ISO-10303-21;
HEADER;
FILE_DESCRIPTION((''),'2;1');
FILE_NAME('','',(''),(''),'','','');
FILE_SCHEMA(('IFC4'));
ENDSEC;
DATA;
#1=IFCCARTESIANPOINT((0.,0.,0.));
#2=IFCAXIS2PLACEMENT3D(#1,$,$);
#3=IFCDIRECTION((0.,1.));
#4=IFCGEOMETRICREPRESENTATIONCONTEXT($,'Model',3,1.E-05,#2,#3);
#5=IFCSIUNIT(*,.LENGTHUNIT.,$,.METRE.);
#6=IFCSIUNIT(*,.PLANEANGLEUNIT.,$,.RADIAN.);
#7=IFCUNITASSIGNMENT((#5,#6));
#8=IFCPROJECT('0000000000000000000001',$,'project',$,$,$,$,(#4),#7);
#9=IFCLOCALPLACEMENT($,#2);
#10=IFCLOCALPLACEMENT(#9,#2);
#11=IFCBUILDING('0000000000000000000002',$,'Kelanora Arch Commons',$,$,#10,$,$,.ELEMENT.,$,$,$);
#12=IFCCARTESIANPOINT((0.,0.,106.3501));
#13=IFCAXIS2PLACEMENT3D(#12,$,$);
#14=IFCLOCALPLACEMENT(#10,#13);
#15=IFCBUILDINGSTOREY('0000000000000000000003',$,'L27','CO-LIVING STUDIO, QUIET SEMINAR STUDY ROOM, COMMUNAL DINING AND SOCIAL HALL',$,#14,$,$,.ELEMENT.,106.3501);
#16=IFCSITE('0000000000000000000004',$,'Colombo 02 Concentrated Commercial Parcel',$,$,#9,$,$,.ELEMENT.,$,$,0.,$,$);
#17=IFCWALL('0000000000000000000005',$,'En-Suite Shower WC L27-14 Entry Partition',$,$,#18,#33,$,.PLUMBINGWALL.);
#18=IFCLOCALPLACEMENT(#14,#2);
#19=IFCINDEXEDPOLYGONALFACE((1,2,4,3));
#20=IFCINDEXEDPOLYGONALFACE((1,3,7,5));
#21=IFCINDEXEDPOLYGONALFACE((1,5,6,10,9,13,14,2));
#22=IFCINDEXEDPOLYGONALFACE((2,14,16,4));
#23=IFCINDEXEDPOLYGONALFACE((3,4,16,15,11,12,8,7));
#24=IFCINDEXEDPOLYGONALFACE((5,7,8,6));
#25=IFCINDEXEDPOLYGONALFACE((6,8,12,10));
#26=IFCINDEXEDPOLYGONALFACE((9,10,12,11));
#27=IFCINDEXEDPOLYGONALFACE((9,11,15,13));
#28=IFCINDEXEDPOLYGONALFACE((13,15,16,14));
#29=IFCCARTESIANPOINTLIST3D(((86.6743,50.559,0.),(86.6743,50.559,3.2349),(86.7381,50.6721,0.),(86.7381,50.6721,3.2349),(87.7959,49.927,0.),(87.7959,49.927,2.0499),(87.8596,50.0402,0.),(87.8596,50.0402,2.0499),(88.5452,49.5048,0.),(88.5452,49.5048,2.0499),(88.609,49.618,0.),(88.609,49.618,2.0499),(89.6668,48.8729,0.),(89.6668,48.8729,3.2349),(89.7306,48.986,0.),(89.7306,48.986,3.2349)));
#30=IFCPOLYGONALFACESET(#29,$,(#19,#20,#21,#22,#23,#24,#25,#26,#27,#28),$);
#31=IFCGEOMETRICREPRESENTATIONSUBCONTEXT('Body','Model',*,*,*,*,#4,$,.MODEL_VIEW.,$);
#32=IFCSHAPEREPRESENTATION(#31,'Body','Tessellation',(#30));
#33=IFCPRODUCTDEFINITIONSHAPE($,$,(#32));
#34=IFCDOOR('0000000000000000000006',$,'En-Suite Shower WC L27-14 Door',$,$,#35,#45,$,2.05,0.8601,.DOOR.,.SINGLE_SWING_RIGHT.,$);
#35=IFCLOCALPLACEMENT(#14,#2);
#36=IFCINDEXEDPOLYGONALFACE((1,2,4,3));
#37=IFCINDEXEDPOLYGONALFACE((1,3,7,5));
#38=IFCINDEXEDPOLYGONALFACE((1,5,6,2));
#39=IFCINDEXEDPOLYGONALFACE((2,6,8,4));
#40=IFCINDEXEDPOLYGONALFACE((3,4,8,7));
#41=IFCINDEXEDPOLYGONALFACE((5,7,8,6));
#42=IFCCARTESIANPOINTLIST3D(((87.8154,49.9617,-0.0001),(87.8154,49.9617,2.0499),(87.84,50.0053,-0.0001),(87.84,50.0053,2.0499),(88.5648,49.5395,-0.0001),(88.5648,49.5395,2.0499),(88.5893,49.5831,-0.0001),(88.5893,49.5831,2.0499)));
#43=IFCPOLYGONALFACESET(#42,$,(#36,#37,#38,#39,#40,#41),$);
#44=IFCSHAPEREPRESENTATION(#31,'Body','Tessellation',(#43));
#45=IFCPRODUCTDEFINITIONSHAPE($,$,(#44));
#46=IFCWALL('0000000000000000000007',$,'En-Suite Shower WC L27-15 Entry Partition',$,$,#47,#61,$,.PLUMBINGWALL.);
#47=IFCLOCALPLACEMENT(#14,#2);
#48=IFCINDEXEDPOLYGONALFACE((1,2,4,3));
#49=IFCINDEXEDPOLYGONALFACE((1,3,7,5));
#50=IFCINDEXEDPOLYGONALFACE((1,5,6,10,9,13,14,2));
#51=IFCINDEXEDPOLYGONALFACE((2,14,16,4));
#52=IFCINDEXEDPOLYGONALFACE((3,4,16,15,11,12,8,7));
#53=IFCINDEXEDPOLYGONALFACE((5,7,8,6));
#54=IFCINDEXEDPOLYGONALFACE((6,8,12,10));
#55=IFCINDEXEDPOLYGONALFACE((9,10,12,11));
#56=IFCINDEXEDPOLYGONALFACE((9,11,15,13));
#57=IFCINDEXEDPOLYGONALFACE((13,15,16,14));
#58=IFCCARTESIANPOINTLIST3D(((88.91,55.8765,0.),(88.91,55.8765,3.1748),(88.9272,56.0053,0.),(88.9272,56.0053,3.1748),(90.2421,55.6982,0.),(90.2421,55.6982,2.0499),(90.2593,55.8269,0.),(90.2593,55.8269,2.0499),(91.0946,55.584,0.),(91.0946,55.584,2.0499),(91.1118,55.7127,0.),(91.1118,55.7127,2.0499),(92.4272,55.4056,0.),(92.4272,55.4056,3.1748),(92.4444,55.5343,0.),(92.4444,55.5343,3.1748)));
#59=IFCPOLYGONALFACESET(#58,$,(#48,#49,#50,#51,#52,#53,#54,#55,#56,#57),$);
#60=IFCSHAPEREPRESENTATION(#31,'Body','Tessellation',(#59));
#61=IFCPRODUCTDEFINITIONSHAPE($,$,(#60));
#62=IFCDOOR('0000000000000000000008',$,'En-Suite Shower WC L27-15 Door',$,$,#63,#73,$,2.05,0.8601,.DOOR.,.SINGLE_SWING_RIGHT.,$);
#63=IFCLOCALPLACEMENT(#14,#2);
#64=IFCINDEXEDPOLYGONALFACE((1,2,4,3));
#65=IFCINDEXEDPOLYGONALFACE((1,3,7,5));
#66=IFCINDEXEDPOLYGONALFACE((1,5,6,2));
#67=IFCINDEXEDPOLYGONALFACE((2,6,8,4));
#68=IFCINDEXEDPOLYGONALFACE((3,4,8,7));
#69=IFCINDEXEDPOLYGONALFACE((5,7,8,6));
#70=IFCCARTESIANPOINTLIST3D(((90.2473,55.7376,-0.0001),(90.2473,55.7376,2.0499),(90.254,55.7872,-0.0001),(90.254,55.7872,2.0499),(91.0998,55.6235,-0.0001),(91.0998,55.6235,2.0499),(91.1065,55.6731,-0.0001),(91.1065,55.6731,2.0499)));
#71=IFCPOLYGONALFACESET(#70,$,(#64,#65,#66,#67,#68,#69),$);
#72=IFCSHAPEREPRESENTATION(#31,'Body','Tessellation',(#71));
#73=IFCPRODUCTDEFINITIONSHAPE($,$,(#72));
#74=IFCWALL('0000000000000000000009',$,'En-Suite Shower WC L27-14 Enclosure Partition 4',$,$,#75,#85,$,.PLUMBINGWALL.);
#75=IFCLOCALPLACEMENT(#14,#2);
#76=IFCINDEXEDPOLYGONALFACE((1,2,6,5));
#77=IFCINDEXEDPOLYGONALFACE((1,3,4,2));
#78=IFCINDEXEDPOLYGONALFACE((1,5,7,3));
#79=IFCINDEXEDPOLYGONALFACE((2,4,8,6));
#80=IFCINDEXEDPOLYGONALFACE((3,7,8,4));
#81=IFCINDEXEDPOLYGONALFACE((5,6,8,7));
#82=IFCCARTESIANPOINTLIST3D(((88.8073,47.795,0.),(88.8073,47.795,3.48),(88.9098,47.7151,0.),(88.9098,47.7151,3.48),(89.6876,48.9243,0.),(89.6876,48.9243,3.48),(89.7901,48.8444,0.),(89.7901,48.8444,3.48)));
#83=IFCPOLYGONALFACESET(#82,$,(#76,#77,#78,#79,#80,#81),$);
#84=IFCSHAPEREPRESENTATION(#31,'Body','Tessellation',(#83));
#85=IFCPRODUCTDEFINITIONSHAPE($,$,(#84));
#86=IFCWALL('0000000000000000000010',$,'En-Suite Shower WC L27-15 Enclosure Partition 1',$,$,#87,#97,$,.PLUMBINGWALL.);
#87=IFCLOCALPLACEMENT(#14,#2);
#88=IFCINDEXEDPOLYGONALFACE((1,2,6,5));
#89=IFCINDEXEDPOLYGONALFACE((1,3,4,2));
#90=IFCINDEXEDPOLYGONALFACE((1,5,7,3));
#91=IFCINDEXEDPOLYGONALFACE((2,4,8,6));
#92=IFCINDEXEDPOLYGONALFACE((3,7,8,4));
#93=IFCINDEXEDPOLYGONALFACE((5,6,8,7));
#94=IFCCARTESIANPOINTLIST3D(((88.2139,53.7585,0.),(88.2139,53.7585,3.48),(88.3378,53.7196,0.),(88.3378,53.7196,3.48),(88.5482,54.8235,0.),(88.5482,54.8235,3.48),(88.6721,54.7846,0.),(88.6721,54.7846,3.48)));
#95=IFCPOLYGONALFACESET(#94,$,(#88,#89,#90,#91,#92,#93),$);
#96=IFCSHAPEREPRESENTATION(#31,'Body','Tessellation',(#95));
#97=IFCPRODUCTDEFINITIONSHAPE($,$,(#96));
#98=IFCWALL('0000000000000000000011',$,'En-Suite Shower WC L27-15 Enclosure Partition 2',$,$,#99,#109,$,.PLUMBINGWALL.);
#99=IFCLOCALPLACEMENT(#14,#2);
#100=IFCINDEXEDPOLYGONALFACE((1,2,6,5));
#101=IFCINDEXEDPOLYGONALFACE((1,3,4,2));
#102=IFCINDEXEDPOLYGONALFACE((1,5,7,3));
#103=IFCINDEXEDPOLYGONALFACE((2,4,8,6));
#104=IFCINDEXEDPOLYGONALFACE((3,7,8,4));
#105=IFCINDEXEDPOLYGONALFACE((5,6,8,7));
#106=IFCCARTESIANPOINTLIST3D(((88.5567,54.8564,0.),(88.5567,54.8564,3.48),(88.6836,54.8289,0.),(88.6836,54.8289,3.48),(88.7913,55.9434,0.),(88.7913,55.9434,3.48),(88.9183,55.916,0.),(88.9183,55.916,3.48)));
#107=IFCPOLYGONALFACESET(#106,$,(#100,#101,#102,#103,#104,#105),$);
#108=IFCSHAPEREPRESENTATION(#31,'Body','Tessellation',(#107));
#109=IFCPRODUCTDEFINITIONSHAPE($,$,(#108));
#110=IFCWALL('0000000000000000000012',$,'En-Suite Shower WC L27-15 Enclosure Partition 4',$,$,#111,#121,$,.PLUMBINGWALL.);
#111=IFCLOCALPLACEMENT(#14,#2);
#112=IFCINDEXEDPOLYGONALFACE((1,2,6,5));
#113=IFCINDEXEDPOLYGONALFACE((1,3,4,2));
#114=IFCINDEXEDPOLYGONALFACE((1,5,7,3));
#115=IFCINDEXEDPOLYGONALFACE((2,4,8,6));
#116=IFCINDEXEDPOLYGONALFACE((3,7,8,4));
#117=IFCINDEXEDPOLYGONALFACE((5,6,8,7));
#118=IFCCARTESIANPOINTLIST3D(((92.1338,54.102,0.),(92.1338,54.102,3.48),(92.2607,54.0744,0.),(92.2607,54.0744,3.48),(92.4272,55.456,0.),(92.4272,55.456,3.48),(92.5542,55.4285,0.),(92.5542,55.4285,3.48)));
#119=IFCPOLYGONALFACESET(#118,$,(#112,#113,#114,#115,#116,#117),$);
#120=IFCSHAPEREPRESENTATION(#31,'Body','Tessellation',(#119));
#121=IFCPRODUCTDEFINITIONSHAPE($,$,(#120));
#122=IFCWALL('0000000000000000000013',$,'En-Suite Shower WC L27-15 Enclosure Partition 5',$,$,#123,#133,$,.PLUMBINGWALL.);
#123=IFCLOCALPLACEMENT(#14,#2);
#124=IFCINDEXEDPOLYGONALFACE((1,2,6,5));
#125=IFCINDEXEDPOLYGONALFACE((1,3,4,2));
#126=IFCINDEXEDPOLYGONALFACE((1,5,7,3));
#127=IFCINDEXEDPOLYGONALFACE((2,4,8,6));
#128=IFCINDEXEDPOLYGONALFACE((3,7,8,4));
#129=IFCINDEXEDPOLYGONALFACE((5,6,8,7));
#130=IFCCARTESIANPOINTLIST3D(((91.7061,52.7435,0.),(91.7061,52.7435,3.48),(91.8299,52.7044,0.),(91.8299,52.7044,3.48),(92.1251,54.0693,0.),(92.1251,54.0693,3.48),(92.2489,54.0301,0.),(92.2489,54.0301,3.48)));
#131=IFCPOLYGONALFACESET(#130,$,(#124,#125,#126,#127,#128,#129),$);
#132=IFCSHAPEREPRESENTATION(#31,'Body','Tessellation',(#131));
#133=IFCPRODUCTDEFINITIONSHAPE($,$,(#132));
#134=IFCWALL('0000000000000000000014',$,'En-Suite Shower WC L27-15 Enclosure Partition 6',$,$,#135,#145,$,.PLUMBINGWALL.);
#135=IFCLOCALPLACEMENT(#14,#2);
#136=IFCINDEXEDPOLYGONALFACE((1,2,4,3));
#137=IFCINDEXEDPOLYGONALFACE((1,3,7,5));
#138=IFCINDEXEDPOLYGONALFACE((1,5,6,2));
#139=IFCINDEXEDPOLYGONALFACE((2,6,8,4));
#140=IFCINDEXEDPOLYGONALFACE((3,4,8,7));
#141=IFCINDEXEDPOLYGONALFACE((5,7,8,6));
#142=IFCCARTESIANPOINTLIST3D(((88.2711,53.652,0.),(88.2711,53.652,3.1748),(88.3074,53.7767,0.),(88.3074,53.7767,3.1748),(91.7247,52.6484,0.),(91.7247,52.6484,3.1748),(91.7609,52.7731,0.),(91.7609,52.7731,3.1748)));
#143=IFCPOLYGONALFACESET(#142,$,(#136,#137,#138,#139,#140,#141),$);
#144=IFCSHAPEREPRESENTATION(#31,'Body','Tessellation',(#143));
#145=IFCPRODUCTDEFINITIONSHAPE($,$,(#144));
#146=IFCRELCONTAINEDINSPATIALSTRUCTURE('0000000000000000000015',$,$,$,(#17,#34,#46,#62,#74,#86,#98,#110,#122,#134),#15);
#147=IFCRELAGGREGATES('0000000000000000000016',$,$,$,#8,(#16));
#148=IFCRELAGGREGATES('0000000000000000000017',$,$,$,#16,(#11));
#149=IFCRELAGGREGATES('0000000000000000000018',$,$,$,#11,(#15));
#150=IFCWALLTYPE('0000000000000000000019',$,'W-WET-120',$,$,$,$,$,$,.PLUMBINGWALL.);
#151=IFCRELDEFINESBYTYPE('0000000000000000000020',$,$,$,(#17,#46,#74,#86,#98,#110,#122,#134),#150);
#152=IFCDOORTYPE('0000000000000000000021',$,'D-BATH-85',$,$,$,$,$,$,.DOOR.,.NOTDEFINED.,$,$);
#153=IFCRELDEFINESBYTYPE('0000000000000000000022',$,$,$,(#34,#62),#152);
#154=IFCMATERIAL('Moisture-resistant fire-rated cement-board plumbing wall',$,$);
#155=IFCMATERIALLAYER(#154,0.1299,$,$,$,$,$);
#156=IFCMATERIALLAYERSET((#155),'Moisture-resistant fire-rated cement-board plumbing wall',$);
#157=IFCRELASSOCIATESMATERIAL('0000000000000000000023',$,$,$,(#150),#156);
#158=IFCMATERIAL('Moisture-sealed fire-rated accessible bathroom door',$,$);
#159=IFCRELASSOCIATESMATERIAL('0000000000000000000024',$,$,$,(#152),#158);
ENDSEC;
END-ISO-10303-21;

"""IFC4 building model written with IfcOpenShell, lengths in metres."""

from ifc_helpers import new_model, si_unit, direction, frame, frame_2d, origin, place, context, subcontext, project, spatial, rectangle, extrude, material, layer, layer_set, type_object, element, fill, save


model = new_model("IFC4")

# Units and contexts
model_context = context("Model", 3, precision=1e-05, world=origin(), true_north=direction((0.0, 1.0)))
body_context = subcontext(model_context, "Body", "Model", "MODEL_VIEW")
ifc_project = project(units=[si_unit("LENGTHUNIT", "METRE"), si_unit("PLANEANGLEUNIT", "RADIAN")], contexts=[model_context])

# Site, building, storey
site_placement = place(None, origin())
site = spatial("IfcSite", under=ifc_project, at=site_placement, Name="Colombo 02 Concentrated Commercial Parcel", CompositionType="ELEMENT", RefElevation=0.0)
building_placement = place(site_placement, origin())
building = spatial("IfcBuilding", under=site, at=building_placement, Name="Kelanora Arch Commons", CompositionType="ELEMENT")
storey_placement = place(building_placement, frame((0.0, 0.0, 106.3501)))
storey = spatial("IfcBuildingStorey", under=building, at=storey_placement, Name="L27", Description="CO-LIVING STUDIO, QUIET SEMINAR STUDY ROOM, COMMUNAL DINING AND SOCIAL HALL", CompositionType="ELEMENT", Elevation=106.3501)

# Walls, openings, doors
ifc_material_1 = material(Name="Moisture-resistant fire-rated cement-board plumbing wall")
ifc_layer_1 = layer(ifc_material_1, 0.1299)
ifc_layer_set_1 = layer_set([ifc_layer_1], Name="Moisture-resistant fire-rated cement-board plumbing wall")
wall_type_1 = type_object("IfcWallType", Name="W-WET-120", PredefinedType="PLUMBINGWALL", material=ifc_layer_set_1)
wall_1_placement = place(storey_placement, frame((86.7063, 50.6155, 0.0), z_axis=(0.0, 0.0, 1.0), x_axis=(0.871228, -0.490879, 0.0)))
wall_1 = element("IfcWall", 1, at=wall_1_placement, inside=storey, type_object=wall_type_1, Name="En-Suite Shower WC L27-14 Entry Partition", PredefinedType="PLUMBINGWALL", context=body_context, shape_type="SweptSolid", body=[
    extrude(rectangle(XDim=3.4348, YDim=0.1299, at=frame_2d((1.7173, 0.0))), origin(), (0.0, 0.0, 1.0), 3.2349),
])
opening_1_placement = place(wall_1_placement, frame((1.2871, 0.0, 0.0)))
opening_1 = element("IfcOpeningElement", 2, at=opening_1_placement, cuts=wall_1, PredefinedType="OPENING", context=body_context, shape_type="SweptSolid", body=[
    extrude(rectangle(XDim=0.8601, YDim=2.05, at=frame_2d((0.4302, 1.0249))), frame((0.0, 0.075, 0.0), z_axis=(0.0, -1.0, 0.0), x_axis=(1.0, 0.0, 0.0)), (0.0, 0.0, 1.0), 0.1499),
])
ifc_material_2 = material(Name="Moisture-sealed fire-rated accessible bathroom door")
door_type_1 = type_object("IfcDoorType", Name="D-BATH-85", OperationType="NOTDEFINED", PredefinedType="DOOR", material=ifc_material_2)
door_1_placement = place(opening_1_placement, origin())
door_1 = element("IfcDoor", 3, at=door_1_placement, inside=storey, type_object=door_type_1, Name="En-Suite Shower WC L27-14 Door", OperationType="SINGLE_SWING_RIGHT", OverallHeight=2.05, OverallWidth=0.8601, PredefinedType="DOOR", context=body_context, shape_type="SweptSolid", body=[
    extrude(rectangle(XDim=0.8601, YDim=2.05, at=frame_2d((0.4302, 1.0249))), frame((0.0, 0.0249, 0.0), z_axis=(0.0, -1.0, 0.0), x_axis=(1.0, 0.0, 0.0)), (0.0, 0.0, 1.0), 0.05),
])
fill(opening_1, door_1)
wall_2_placement = place(storey_placement, frame((88.9185, 55.9409, 0.0), z_axis=(0.0, 0.0, 1.0), x_axis=(0.991154, -0.132718, 0.0)))
wall_2 = element("IfcWall", 4, at=wall_2_placement, inside=storey, type_object=wall_type_1, Name="En-Suite Shower WC L27-15 Entry Partition", PredefinedType="PLUMBINGWALL", context=body_context, shape_type="SweptSolid", body=[
    extrude(rectangle(XDim=3.5486, YDim=0.1299, at=frame_2d((1.7744, 0.0))), origin(), (0.0, 0.0, 1.0), 3.1748),
])
opening_2_placement = place(wall_2_placement, frame((1.344, 0.0, 0.0)))
opening_2 = element("IfcOpeningElement", 5, at=opening_2_placement, cuts=wall_2, PredefinedType="OPENING", context=body_context, shape_type="SweptSolid", body=[
    extrude(rectangle(XDim=0.8601, YDim=2.05, at=frame_2d((0.4302, 1.0249))), frame((0.0, 0.075, 0.0), z_axis=(0.0, -1.0, 0.0), x_axis=(1.0, 0.0, 0.0)), (0.0, 0.0, 1.0), 0.1499),
])
door_2_placement = place(opening_2_placement, origin())
door_2 = element("IfcDoor", 6, at=door_2_placement, inside=storey, type_object=door_type_1, Name="En-Suite Shower WC L27-15 Door", OperationType="SINGLE_SWING_RIGHT", OverallHeight=2.05, OverallWidth=0.8601, PredefinedType="DOOR", context=body_context, shape_type="SweptSolid", body=[
    extrude(rectangle(XDim=0.8601, YDim=2.05, at=frame_2d((0.4302, 1.0249))), frame((0.0, 0.0249, 0.0), z_axis=(0.0, -1.0, 0.0), x_axis=(1.0, 0.0, 0.0)), (0.0, 0.0, 1.0), 0.05),
])
fill(opening_2, door_2)

# Walls
wall_3_placement = place(storey_placement, frame((89.7388, 48.8843, 0.0), z_axis=(0.0, 0.0, 1.0), x_axis=(-0.61479, -0.788691, 0.0)))
element("IfcWall", 7, at=wall_3_placement, inside=storey, type_object=wall_type_1, Name="En-Suite Shower WC L27-14 Enclosure Partition 4", PredefinedType="PLUMBINGWALL", context=body_context, shape_type="SweptSolid", body=[
    extrude(rectangle(XDim=1.4319, YDim=0.1299, at=frame_2d((0.7158, 0.0))), origin(), (0.0, 0.0, 1.0), 3.48),
])
wall_4_placement = place(storey_placement, frame((88.2759, 53.739, 0.0), z_axis=(0.0, 0.0, 1.0), x_axis=(0.299445, 0.954113, 0.0)))
element("IfcWall", 8, at=wall_4_placement, inside=storey, type_object=wall_type_1, Name="En-Suite Shower WC L27-15 Enclosure Partition 1", PredefinedType="PLUMBINGWALL", context=body_context, shape_type="SweptSolid", body=[
    extrude(rectangle(XDim=1.1162, YDim=0.1299, at=frame_2d((0.5581, 0.0))), origin(), (0.0, 0.0, 1.0), 3.48),
])
wall_5_placement = place(storey_placement, frame((88.6201, 54.8425, 0.0), z_axis=(0.0, 0.0, 1.0), x_axis=(0.210998, 0.977486, 0.0)))
element("IfcWall", 9, at=wall_5_placement, inside=storey, type_object=wall_type_1, Name="En-Suite Shower WC L27-15 Enclosure Partition 2", PredefinedType="PLUMBINGWALL", context=body_context, shape_type="SweptSolid", body=[
    extrude(rectangle(XDim=1.1121, YDim=0.1299, at=frame_2d((0.5562, 0.0))), origin(), (0.0, 0.0, 1.0), 3.48),
])
wall_6_placement = place(storey_placement, frame((92.4907, 55.4424, 0.0), z_axis=(0.0, 0.0, 1.0), x_axis=(-0.211815, -0.97731, 0.0)))
element("IfcWall", 10, at=wall_6_placement, inside=storey, type_object=wall_type_1, Name="En-Suite Shower WC L27-15 Enclosure Partition 4", PredefinedType="PLUMBINGWALL", context=body_context, shape_type="SweptSolid", body=[
    extrude(rectangle(XDim=1.3855, YDim=0.1299, at=frame_2d((0.6929, 0.0))), origin(), (0.0, 0.0, 1.0), 3.48),
])
wall_7_placement = place(storey_placement, frame((92.187, 54.0498, 0.0), z_axis=(0.0, 0.0, 1.0), x_axis=(-0.301333, -0.953519, 0.0)))
element("IfcWall", 11, at=wall_7_placement, inside=storey, type_object=wall_type_1, Name="En-Suite Shower WC L27-15 Enclosure Partition 5", PredefinedType="PLUMBINGWALL", context=body_context, shape_type="SweptSolid", body=[
    extrude(rectangle(XDim=1.3904, YDim=0.1299, at=frame_2d((0.6953, 0.0))), origin(), (0.0, 0.0, 1.0), 3.48),
])
wall_8_placement = place(storey_placement, frame((91.7429, 52.7107, 0.0), z_axis=(0.0, 0.0, 1.0), x_axis=(-0.960272, 0.279067, 0.0)))
element("IfcWall", 12, at=wall_8_placement, inside=storey, type_object=wall_type_1, Name="En-Suite Shower WC L27-15 Enclosure Partition 6", PredefinedType="PLUMBINGWALL", context=body_context, shape_type="SweptSolid", body=[
    extrude(rectangle(XDim=3.5964, YDim=0.1299, at=frame_2d((1.7983, 0.0))), origin(), (0.0, 0.0, 1.0), 3.1748),
])

save(model, "model.ifc")
